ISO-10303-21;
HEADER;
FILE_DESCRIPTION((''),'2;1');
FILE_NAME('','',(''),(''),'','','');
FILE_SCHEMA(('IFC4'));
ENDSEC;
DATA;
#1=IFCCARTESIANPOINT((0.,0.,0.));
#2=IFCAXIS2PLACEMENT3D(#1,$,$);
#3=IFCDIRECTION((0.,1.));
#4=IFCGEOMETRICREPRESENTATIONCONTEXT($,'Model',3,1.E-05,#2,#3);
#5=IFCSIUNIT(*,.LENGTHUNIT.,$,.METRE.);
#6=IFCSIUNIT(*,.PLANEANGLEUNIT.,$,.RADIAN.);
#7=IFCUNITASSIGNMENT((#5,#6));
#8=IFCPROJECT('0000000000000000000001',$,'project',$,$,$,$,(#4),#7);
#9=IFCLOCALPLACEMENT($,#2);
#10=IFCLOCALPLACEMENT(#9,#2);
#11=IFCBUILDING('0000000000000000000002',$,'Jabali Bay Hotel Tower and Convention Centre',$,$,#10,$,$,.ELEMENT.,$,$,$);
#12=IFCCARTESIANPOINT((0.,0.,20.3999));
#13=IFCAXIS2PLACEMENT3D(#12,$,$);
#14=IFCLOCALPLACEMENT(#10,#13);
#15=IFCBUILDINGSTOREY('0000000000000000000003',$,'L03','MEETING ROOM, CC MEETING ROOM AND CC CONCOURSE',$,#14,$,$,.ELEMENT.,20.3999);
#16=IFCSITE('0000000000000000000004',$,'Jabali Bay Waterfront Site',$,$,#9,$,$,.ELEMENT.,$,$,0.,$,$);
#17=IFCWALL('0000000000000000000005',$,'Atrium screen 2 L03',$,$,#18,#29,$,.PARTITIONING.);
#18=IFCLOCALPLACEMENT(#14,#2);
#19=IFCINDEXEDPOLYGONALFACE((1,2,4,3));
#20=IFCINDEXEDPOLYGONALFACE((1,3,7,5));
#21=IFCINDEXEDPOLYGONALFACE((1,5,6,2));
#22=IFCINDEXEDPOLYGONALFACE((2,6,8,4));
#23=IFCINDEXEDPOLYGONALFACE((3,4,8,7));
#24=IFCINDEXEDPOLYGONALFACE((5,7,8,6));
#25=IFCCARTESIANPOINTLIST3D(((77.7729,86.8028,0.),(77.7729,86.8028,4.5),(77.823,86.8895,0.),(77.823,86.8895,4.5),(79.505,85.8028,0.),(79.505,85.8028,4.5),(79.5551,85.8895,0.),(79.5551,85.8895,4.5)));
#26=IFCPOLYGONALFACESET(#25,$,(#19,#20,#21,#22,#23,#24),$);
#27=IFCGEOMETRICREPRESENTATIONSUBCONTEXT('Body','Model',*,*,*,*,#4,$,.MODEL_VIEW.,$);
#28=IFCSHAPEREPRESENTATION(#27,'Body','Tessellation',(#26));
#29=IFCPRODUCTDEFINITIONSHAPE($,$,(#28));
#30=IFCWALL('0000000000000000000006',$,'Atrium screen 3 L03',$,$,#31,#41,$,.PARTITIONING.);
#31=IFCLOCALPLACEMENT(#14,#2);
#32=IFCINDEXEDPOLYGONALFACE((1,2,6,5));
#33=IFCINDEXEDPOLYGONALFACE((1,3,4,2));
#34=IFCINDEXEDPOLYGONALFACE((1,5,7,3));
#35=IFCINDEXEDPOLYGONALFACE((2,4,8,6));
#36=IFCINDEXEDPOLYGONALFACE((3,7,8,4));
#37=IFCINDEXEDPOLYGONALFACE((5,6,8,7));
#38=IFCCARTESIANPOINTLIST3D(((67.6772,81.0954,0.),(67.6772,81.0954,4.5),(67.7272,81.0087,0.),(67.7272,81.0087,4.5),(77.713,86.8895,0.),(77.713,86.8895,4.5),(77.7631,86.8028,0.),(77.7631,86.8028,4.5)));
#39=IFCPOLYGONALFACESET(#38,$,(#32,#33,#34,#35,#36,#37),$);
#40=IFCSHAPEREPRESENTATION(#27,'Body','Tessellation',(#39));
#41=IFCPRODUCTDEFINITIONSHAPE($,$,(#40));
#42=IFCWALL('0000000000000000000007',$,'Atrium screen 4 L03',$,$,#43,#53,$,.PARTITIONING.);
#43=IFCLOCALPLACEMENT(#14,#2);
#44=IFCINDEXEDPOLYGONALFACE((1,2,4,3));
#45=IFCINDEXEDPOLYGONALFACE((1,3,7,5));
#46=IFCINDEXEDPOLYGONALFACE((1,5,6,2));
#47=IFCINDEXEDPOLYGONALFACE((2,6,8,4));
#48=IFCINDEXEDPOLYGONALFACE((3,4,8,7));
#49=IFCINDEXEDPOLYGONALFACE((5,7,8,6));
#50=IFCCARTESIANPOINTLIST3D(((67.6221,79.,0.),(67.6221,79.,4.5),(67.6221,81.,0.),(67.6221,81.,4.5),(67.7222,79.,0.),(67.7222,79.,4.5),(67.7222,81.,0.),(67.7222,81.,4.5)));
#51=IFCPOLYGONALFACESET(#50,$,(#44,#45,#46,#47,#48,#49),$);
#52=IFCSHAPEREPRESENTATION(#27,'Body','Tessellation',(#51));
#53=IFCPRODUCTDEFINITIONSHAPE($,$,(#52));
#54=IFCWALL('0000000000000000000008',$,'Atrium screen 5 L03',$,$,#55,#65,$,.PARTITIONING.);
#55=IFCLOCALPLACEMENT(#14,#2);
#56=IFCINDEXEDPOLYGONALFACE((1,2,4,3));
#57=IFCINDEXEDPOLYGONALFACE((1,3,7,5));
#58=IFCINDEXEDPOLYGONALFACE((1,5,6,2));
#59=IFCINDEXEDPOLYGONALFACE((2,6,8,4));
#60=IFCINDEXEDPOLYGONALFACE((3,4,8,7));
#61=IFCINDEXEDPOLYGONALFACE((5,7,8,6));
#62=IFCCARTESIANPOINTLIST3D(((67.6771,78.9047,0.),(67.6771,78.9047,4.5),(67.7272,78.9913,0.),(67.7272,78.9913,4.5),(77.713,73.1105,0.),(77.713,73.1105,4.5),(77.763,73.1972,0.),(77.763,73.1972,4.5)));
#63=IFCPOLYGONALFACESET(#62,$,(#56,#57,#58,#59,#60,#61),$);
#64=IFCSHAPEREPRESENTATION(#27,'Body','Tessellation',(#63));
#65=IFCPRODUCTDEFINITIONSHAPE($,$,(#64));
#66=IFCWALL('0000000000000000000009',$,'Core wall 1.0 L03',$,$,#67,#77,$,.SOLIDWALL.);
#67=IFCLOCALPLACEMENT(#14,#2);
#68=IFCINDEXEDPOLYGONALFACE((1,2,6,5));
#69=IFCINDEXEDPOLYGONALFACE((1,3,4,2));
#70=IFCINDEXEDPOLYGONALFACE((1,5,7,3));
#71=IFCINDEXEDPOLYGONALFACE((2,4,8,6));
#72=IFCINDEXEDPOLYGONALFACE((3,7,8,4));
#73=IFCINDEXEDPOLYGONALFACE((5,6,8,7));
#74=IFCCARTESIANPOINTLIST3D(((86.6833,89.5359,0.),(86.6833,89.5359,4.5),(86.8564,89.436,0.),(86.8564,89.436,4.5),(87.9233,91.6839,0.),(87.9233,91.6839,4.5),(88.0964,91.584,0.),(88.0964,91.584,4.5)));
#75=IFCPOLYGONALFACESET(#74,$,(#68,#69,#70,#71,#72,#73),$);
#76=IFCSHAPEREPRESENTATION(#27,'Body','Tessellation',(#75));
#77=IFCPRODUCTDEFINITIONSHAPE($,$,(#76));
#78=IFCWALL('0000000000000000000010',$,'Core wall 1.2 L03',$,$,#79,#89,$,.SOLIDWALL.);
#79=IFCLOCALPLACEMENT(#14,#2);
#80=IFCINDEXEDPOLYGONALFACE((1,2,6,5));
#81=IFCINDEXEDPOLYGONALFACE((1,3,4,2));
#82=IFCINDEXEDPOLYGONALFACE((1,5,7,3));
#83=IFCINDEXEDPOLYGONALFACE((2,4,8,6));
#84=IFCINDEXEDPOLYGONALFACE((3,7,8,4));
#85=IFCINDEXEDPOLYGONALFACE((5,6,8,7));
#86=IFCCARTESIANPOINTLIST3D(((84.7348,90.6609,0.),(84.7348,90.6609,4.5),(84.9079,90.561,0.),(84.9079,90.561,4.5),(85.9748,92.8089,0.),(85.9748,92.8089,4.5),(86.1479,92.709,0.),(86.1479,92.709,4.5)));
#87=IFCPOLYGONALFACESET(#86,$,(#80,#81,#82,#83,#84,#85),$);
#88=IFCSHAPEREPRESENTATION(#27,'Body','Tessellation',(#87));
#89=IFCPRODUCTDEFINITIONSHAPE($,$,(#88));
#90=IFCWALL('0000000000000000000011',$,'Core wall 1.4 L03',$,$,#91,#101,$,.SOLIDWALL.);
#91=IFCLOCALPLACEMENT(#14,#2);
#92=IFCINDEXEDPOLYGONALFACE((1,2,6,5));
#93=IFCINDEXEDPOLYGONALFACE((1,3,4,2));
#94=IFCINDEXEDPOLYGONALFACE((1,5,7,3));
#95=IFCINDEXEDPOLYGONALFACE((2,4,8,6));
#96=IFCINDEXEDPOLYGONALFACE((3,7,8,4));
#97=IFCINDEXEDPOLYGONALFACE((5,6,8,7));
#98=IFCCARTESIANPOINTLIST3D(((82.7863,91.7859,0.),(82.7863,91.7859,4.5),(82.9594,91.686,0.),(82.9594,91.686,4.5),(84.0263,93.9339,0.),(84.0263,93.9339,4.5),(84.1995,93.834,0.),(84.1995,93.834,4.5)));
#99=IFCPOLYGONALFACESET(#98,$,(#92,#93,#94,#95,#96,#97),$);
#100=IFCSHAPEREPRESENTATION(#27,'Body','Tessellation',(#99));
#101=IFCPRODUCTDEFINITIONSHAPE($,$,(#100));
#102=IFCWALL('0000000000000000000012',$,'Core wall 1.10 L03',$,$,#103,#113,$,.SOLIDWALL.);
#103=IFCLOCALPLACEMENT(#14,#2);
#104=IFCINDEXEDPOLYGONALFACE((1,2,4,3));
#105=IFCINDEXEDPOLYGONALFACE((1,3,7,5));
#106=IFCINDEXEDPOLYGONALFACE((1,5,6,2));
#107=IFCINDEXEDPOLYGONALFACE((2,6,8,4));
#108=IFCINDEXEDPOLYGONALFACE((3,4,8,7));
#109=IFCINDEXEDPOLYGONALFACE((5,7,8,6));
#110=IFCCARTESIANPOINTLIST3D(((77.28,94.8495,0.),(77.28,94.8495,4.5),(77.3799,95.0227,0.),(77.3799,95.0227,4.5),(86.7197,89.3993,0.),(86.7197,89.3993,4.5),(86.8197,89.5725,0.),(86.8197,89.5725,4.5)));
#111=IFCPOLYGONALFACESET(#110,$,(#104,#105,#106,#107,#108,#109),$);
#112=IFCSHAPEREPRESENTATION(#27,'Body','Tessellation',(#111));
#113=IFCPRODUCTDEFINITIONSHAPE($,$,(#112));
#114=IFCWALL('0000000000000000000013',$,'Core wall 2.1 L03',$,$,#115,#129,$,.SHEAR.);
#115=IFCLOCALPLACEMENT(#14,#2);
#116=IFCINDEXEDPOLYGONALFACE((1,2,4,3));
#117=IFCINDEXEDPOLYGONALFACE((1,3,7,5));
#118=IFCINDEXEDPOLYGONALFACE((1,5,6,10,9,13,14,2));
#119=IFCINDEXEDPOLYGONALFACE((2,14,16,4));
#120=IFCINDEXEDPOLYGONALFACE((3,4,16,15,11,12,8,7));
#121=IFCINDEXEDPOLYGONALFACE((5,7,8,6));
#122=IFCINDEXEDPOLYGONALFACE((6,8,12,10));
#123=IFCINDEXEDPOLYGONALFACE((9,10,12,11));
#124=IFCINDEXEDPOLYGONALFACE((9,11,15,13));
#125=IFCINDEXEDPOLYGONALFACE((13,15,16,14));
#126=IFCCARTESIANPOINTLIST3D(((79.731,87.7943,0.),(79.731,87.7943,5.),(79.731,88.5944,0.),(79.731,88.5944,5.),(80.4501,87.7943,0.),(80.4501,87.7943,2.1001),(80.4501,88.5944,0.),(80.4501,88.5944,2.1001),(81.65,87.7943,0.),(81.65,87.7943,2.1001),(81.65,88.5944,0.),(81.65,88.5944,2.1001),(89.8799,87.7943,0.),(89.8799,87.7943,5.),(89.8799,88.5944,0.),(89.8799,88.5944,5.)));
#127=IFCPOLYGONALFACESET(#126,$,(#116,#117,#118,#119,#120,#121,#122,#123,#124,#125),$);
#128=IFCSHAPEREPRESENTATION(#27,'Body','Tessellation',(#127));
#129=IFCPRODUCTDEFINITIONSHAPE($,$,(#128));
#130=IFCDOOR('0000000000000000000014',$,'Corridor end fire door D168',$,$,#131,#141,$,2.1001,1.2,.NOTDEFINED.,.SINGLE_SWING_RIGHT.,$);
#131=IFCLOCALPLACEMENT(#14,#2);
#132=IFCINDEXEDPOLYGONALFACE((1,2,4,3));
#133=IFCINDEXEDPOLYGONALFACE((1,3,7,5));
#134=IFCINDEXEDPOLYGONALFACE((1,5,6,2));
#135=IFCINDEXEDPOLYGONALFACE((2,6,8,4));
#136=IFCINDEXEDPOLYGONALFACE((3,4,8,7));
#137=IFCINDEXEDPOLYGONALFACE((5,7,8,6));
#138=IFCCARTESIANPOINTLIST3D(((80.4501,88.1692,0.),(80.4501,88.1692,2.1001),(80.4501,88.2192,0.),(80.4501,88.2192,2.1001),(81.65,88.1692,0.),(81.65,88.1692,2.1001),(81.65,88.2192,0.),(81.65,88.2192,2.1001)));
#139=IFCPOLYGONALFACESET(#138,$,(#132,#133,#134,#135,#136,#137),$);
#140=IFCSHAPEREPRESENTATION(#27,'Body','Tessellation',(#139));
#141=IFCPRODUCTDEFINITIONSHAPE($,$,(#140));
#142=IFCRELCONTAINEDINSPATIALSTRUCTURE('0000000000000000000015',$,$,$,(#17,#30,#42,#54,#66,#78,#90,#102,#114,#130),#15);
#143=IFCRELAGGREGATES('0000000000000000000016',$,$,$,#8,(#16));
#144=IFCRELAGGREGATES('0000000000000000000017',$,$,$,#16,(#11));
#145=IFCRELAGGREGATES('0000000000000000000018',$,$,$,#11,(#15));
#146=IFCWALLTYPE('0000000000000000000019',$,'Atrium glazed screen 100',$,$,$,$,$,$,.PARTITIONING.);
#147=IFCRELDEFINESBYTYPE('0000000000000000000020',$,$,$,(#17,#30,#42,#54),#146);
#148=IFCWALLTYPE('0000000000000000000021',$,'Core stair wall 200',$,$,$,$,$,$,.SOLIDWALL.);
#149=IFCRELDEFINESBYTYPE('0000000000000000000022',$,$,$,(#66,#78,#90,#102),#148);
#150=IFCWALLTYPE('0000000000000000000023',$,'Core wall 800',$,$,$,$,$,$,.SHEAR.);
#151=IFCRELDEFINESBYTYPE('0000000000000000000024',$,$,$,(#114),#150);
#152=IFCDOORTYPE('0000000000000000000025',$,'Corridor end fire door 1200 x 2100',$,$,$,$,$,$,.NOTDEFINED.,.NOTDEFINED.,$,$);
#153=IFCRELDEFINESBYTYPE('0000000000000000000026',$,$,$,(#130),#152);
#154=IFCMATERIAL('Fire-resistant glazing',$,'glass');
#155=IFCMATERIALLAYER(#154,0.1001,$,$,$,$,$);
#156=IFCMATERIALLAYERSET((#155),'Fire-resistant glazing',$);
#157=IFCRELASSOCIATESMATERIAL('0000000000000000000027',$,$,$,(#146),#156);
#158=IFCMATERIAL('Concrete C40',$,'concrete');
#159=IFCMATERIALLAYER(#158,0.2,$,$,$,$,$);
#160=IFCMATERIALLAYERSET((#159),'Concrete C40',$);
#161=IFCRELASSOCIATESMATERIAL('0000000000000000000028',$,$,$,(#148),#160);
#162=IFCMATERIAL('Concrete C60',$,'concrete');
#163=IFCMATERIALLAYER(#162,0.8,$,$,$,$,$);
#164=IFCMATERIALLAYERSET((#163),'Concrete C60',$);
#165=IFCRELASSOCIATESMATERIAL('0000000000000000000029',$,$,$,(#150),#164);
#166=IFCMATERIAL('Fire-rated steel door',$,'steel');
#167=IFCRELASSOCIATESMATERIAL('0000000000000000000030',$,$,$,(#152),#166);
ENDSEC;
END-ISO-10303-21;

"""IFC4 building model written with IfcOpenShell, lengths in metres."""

from ifc_helpers import new_model, si_unit, direction, frame, frame_2d, origin, place, context, subcontext, project, spatial, rectangle, extrude, material, layer, layer_set, type_object, element, fill, save


model = new_model("IFC4")

# Units and contexts
model_context = context("Model", 3, precision=1e-05, world=origin(), true_north=direction((0.0, 1.0)))
body_context = subcontext(model_context, "Body", "Model", "MODEL_VIEW")
ifc_project = project(units=[si_unit("LENGTHUNIT", "METRE"), si_unit("PLANEANGLEUNIT", "RADIAN")], contexts=[model_context])

# Site, building, storey
site_placement = place(None, origin())
site = spatial("IfcSite", under=ifc_project, at=site_placement, Name="Jabali Bay Waterfront Site", CompositionType="ELEMENT", RefElevation=0.0)
building_placement = place(site_placement, origin())
building = spatial("IfcBuilding", under=site, at=building_placement, Name="Jabali Bay Hotel Tower and Convention Centre", CompositionType="ELEMENT")
storey_placement = place(building_placement, frame((0.0, 0.0, 20.3999)))
storey = spatial("IfcBuildingStorey", under=building, at=storey_placement, Name="L03", Description="MEETING ROOM, CC MEETING ROOM AND CC CONCOURSE", CompositionType="ELEMENT", Elevation=20.3999)

# Walls
ifc_material_1 = material(Name="Fire-resistant glazing", Category="glass")
ifc_layer_1 = layer(ifc_material_1, 0.1001)
ifc_layer_set_1 = layer_set([ifc_layer_1], Name="Fire-resistant glazing")
wall_type_1 = type_object("IfcWallType", Name="Atrium glazed screen 100", PredefinedType="PARTITIONING", material=ifc_layer_set_1)
wall_1_placement = place(storey_placement, frame((79.53, 85.8462, 0.0), z_axis=(0.0, 0.0, 1.0), x_axis=(-0.866041, 0.499973, 0.0)))
element("IfcWall", 1, at=wall_1_placement, inside=storey, type_object=wall_type_1, Name="Atrium screen 2 L03", PredefinedType="PARTITIONING", context=body_context, shape_type="SweptSolid", body=[
    extrude(rectangle(XDim=2.0, YDim=0.1001, at=frame_2d((1.0, 0.0))), origin(), (0.0, 0.0, 1.0), 4.5),
])
wall_2_placement = place(storey_placement, frame((77.738, 86.8462, 0.0), z_axis=(0.0, 0.0, 1.0), x_axis=(-0.866027, -0.499998, 0.0)))
element("IfcWall", 2, at=wall_2_placement, inside=storey, type_object=wall_type_1, Name="Atrium screen 3 L03", PredefinedType="PARTITIONING", context=body_context, shape_type="SweptSolid", body=[
    extrude(rectangle(XDim=11.5884, YDim=0.1001, at=frame_2d((5.7942, 0.0))), origin(), (0.0, 0.0, 1.0), 4.5),
])
wall_3_placement = place(storey_placement, frame((67.6721, 81.0, 0.0), z_axis=(0.0, 0.0, 1.0), x_axis=(0.0, -1.0, 0.0)))
element("IfcWall", 3, at=wall_3_placement, inside=storey, type_object=wall_type_1, Name="Atrium screen 4 L03", PredefinedType="PARTITIONING", context=body_context, shape_type="SweptSolid", body=[
    extrude(rectangle(XDim=2.0, YDim=0.1001, at=frame_2d((1.0, 0.0))), origin(), (0.0, 0.0, 1.0), 4.5),
])
wall_4_placement = place(storey_placement, frame((67.7021, 78.948, 0.0), z_axis=(0.0, 0.0, 1.0), x_axis=(0.866027, -0.499998, 0.0)))
element("IfcWall", 4, at=wall_4_placement, inside=storey, type_object=wall_type_1, Name="Atrium screen 5 L03", PredefinedType="PARTITIONING", context=body_context, shape_type="SweptSolid", body=[
    extrude(rectangle(XDim=11.5884, YDim=0.1001, at=frame_2d((5.7942, 0.0))), origin(), (0.0, 0.0, 1.0), 4.5),
])
ifc_material_2 = material(Name="Concrete C40", Category="concrete")
ifc_layer_2 = layer(ifc_material_2, 0.2)
ifc_layer_set_2 = layer_set([ifc_layer_2], Name="Concrete C40")
wall_type_2 = type_object("IfcWallType", Name="Core stair wall 200", PredefinedType="SOLIDWALL", material=ifc_layer_set_2)
for number, where, z_axis, x_axis, name in (
    (5, (86.7698, 89.4858, 0.0), (0.0, 0.0, 1.0), (0.499961, 0.866048, 0.0), "Core wall 1.0 L03"),
    (6, (84.8213, 90.6108, 0.0), (0.0, 0.0, 1.0), (0.499961, 0.866048, 0.0), "Core wall 1.2 L03"),
    (7, (82.8728, 91.7358, 0.0), (0.0, 0.0, 1.0), (0.499961, 0.866048, 0.0), "Core wall 1.4 L03"),
):
    element("IfcWall", number, at=place(storey_placement, frame(where, z_axis=z_axis, x_axis=x_axis)), inside=storey, type_object=wall_type_2, Name=name, PredefinedType="SOLIDWALL", context=body_context, shape_type="SweptSolid", body=[
        extrude(rectangle(XDim=2.4802, YDim=0.2, at=frame_2d((1.2402, 0.0))), origin(), (0.0, 0.0, 1.0), 4.5),
    ])
wall_5_placement = place(storey_placement, frame((86.7698, 89.4858, 0.0), z_axis=(0.0, 0.0, 1.0), x_axis=(-0.866018, 0.500013, 0.0)))
element("IfcWall", 8, at=wall_5_placement, inside=storey, type_object=wall_type_2, Name="Core wall 1.10 L03", PredefinedType="SOLIDWALL", context=body_context, shape_type="SweptSolid", body=[
    extrude(rectangle(XDim=10.9001, YDim=0.2, at=frame_2d((5.4502, 0.0))), origin(), (0.0, 0.0, 1.0), 4.5),
])

# Wall, opening, door
ifc_material_3 = material(Name="Concrete C60", Category="concrete")
ifc_layer_3 = layer(ifc_material_3, 0.8)
ifc_layer_set_3 = layer_set([ifc_layer_3], Name="Concrete C60")
wall_type_3 = type_object("IfcWallType", Name="Core wall 800", PredefinedType="SHEAR", material=ifc_layer_set_3)
wall_6_placement = place(storey_placement, frame((79.731, 88.1943, 0.0), z_axis=(0.0, 0.0, 1.0), x_axis=(1.0, 0.0, 0.0)))
wall_6 = element("IfcWall", 9, at=wall_6_placement, inside=storey, type_object=wall_type_3, Name="Core wall 2.1 L03", PredefinedType="SHEAR", context=body_context, shape_type="SweptSolid", body=[
    extrude(rectangle(XDim=10.1489, YDim=0.8, at=frame_2d((5.0745, 0.0))), origin(), (0.0, 0.0, 1.0), 5.0),
])
opening_1_placement = place(wall_6_placement, frame((0.719, 0.0, 0.0)))
opening_1 = element("IfcOpeningElement", 10, at=opening_1_placement, cuts=wall_6, PredefinedType="OPENING", context=body_context, shape_type="SweptSolid", body=[
    extrude(rectangle(XDim=1.2, YDim=2.1001, at=frame_2d((0.6001, 1.05))), frame((0.0, 0.4106, 0.0), z_axis=(0.0, -1.0, 0.0), x_axis=(1.0, 0.0, 0.0)), (0.0, 0.0, 1.0), 0.821),
])
ifc_material_4 = material(Name="Fire-rated steel door", Category="steel")
door_type_1 = type_object("IfcDoorType", Name="Corridor end fire door 1200 x 2100", OperationType="NOTDEFINED", PredefinedType="NOTDEFINED", material=ifc_material_4)
door_1_placement = place(opening_1_placement, origin())
door_1 = element("IfcDoor", 11, at=door_1_placement, inside=storey, type_object=door_type_1, Name="Corridor end fire door D168", OperationType="SINGLE_SWING_RIGHT", OverallHeight=2.1001, OverallWidth=1.2, PredefinedType="NOTDEFINED", context=body_context, shape_type="SweptSolid", body=[
    extrude(rectangle(XDim=1.2, YDim=2.1001, at=frame_2d((0.6001, 1.05))), frame((0.0, 0.0249, 0.0), z_axis=(0.0, -1.0, 0.0), x_axis=(1.0, 0.0, 0.0)), (0.0, 0.0, 1.0), 0.05),
])
fill(opening_1, door_1)

save(model, "model.ifc")
